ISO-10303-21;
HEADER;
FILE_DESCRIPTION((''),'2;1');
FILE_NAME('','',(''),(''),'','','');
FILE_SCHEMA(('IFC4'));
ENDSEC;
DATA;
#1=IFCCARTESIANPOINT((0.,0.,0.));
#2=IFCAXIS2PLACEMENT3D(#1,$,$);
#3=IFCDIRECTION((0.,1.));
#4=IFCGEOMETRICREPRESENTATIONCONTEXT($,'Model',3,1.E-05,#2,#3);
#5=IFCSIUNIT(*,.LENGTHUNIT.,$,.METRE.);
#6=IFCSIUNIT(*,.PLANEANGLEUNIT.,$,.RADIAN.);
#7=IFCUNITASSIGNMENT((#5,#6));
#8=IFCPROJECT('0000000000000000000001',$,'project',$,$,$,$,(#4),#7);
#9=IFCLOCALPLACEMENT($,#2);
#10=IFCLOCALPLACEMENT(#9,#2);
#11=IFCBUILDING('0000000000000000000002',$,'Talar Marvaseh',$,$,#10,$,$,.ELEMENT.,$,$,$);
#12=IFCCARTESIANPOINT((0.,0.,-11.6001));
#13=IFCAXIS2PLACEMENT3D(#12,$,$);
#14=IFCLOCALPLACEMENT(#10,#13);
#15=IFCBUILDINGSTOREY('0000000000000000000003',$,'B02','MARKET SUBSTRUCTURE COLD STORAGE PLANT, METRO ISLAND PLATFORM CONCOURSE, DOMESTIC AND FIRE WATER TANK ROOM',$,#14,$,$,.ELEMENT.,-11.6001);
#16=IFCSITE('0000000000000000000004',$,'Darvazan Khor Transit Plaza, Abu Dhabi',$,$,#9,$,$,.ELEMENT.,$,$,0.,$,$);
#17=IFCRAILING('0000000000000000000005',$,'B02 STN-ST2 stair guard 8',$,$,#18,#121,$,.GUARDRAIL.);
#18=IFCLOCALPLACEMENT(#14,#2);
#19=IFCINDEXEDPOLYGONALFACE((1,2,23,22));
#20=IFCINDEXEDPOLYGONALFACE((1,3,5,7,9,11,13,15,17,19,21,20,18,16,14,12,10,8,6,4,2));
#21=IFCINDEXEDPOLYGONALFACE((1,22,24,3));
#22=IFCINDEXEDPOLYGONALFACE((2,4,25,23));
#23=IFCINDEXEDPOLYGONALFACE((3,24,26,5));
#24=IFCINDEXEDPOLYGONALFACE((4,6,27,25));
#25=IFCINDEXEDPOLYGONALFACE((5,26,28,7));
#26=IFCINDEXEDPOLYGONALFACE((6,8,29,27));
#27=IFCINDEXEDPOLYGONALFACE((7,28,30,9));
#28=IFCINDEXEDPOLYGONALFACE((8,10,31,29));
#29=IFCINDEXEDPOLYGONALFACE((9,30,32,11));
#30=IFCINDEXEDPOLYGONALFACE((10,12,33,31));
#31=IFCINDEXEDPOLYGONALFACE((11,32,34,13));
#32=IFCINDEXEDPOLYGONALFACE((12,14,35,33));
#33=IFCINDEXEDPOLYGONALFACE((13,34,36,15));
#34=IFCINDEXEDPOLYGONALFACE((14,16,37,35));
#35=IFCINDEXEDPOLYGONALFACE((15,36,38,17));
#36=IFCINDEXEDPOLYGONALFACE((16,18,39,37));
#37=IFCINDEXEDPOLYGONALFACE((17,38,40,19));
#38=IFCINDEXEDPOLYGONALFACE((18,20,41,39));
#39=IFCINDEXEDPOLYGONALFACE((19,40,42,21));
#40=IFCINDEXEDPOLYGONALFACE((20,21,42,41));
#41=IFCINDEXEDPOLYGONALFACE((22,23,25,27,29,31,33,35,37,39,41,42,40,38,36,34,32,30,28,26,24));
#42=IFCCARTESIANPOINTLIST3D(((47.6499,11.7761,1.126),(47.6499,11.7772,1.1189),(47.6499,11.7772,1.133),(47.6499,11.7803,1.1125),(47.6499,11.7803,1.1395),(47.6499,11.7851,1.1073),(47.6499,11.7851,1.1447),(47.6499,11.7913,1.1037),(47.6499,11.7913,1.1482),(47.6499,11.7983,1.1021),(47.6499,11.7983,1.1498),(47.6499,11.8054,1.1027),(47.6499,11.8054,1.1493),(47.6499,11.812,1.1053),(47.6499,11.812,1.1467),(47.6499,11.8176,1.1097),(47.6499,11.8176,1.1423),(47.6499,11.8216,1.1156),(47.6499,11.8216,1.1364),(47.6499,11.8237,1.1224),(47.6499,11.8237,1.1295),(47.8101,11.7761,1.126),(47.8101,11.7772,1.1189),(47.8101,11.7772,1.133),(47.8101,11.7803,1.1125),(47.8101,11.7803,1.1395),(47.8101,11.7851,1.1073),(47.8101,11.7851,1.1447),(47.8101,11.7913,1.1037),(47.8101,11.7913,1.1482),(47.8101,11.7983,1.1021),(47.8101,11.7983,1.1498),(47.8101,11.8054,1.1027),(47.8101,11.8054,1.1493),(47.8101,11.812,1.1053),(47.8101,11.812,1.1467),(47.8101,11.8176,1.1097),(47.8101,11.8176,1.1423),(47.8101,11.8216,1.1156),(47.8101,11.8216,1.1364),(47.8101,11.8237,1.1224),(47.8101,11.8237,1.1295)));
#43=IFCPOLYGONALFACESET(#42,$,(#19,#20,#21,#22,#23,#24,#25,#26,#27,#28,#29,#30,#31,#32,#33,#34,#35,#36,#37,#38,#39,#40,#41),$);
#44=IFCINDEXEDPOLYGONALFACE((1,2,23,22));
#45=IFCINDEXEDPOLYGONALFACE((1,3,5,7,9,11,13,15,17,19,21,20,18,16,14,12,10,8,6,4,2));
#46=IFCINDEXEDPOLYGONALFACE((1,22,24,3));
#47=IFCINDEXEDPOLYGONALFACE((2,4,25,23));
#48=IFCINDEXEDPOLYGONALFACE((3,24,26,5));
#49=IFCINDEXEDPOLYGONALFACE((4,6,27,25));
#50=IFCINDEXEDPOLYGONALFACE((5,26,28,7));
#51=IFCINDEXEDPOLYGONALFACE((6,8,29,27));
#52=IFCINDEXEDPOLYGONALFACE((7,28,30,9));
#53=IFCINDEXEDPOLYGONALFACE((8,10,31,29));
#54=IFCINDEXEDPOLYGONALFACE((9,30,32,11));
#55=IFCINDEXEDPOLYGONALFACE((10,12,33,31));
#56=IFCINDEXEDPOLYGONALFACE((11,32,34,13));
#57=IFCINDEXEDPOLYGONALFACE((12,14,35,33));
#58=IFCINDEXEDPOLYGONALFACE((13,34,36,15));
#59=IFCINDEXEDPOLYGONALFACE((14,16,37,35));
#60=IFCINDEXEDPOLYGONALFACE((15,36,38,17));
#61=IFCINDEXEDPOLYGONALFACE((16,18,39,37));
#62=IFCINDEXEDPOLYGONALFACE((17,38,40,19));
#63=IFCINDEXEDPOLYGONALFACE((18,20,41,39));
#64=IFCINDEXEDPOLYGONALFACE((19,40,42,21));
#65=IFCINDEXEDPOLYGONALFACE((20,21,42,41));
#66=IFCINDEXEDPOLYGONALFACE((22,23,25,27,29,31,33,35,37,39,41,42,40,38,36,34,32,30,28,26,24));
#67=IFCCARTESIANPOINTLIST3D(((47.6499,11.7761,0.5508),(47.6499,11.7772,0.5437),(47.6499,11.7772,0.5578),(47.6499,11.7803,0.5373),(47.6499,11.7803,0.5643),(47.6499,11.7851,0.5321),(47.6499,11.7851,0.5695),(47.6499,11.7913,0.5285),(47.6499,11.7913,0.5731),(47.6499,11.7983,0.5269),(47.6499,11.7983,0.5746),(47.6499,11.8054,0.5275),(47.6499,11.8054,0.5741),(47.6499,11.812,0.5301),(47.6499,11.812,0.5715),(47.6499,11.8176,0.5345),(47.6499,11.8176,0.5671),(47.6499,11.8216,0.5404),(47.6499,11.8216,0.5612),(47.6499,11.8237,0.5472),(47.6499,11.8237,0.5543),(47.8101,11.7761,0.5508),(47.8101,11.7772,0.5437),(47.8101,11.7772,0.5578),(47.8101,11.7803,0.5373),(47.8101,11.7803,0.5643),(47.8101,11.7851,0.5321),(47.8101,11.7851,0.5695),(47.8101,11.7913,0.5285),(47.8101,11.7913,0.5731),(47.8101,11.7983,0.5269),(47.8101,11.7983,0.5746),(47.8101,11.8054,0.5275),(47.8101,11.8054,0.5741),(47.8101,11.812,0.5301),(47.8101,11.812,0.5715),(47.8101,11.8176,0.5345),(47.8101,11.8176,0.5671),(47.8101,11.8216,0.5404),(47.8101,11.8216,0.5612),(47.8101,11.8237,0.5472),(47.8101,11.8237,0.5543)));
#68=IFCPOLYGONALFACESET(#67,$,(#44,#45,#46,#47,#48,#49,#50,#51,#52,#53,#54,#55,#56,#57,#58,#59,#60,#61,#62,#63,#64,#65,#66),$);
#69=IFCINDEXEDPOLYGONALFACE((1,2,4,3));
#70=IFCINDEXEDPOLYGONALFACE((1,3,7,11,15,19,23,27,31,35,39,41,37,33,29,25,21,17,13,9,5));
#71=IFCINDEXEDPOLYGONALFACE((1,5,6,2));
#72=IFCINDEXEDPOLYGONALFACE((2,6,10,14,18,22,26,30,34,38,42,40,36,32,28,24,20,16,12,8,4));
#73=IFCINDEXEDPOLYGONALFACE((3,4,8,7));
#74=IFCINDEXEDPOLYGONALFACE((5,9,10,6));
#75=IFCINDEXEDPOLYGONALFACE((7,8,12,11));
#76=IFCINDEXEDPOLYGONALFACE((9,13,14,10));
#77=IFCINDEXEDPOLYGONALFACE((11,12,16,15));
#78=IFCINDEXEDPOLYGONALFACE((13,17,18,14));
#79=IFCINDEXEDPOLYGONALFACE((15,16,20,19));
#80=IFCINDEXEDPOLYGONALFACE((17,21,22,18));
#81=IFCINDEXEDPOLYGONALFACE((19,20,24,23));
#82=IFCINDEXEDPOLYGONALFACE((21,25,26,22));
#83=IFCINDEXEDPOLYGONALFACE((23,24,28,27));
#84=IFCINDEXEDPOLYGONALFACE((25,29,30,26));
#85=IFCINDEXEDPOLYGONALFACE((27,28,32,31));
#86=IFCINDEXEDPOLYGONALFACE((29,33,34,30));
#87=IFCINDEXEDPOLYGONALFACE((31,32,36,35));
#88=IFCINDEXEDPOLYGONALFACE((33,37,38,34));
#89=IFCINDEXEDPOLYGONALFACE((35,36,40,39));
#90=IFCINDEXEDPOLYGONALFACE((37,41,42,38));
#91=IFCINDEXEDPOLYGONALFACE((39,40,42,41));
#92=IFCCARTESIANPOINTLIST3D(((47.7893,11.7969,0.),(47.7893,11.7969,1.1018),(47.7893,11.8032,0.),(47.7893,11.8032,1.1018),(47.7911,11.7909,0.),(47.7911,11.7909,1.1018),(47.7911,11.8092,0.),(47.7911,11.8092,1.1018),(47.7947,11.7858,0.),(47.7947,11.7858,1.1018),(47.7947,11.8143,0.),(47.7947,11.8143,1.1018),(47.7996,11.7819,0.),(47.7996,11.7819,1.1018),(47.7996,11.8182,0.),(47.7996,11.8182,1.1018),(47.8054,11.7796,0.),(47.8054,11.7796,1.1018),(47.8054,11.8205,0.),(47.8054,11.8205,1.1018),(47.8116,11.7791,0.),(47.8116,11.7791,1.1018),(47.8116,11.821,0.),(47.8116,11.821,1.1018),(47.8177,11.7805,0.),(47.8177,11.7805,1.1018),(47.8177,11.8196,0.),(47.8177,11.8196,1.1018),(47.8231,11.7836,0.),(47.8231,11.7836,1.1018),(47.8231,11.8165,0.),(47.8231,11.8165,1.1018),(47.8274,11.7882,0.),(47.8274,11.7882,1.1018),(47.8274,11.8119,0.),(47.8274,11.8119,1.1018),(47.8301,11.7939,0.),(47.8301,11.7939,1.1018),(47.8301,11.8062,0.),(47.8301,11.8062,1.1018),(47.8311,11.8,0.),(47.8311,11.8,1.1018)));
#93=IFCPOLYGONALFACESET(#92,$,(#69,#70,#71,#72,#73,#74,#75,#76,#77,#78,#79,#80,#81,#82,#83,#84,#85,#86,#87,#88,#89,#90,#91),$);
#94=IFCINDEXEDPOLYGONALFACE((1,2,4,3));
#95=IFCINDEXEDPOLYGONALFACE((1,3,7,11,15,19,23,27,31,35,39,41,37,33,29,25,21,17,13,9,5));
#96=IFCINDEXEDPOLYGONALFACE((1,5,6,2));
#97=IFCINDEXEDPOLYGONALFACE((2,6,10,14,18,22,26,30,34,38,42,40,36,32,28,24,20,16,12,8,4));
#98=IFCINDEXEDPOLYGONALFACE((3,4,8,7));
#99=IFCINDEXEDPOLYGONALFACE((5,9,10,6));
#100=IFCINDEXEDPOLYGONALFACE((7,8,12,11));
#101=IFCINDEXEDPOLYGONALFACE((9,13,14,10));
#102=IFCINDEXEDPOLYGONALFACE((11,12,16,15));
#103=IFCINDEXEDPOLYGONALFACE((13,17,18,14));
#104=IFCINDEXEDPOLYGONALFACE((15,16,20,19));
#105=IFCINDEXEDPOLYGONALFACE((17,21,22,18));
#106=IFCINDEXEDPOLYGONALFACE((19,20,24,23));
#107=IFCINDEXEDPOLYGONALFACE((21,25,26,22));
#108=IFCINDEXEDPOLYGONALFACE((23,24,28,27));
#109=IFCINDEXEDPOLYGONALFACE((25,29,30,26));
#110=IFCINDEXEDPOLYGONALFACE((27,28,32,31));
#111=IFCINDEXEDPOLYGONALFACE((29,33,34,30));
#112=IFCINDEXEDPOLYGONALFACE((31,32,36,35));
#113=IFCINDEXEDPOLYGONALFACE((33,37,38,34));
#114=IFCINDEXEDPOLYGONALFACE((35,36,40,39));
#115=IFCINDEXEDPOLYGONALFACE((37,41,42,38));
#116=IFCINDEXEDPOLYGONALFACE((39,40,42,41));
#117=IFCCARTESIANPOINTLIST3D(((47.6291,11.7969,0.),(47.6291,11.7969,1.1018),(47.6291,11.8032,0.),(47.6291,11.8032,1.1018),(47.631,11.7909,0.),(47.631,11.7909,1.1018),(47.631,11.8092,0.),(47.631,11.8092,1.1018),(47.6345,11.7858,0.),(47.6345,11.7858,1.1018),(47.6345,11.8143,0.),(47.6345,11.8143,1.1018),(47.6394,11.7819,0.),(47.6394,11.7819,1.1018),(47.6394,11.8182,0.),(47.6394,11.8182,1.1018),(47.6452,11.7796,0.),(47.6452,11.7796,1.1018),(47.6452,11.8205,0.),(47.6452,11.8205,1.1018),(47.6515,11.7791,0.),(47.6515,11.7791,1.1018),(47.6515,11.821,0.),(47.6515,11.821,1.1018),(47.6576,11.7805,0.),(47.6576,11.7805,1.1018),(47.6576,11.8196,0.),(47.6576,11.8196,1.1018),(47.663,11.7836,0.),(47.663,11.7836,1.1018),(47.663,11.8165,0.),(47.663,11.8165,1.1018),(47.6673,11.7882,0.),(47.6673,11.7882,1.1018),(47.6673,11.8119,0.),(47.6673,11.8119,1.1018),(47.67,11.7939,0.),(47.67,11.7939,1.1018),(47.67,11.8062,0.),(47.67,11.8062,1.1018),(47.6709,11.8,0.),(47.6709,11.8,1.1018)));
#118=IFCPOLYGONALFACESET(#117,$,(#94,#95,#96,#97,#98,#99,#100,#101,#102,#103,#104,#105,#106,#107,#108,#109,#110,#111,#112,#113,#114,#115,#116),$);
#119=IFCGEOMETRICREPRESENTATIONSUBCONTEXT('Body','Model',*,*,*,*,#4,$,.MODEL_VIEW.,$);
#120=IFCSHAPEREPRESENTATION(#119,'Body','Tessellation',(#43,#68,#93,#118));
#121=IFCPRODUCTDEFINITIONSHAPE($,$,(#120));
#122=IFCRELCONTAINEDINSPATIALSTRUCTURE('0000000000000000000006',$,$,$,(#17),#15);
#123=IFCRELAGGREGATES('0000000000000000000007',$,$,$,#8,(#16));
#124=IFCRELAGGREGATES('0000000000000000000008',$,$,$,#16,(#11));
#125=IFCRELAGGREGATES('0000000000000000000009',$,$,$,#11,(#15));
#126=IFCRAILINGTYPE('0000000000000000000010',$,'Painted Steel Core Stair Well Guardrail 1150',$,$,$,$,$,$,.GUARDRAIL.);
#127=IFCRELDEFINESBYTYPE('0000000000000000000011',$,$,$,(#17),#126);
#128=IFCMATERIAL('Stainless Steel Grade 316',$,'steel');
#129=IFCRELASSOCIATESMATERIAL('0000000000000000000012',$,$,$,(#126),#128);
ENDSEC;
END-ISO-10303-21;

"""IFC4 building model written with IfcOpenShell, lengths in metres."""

from ifc_helpers import new_model, si_unit, direction, frame, origin, origin_2d, place, context, subcontext, project, spatial, circle, extrude, material, type_object, element, save


model = new_model("IFC4")

# Units and contexts
model_context = context("Model", 3, precision=1e-05, world=origin(), true_north=direction((0.0, 1.0)))
body_context = subcontext(model_context, "Body", "Model", "MODEL_VIEW")
ifc_project = project(units=[si_unit("LENGTHUNIT", "METRE"), si_unit("PLANEANGLEUNIT", "RADIAN")], contexts=[model_context])

# Site, building, storey
site_placement = place(None, origin())
site = spatial("IfcSite", under=ifc_project, at=site_placement, Name="Darvazan Khor Transit Plaza, Abu Dhabi", CompositionType="ELEMENT", RefElevation=0.0)
building_placement = place(site_placement, origin())
building = spatial("IfcBuilding", under=site, at=building_placement, Name="Talar Marvaseh", CompositionType="ELEMENT")
storey_placement = place(building_placement, frame((0.0, 0.0, -11.6001)))
storey = spatial("IfcBuildingStorey", under=building, at=storey_placement, Name="B02", Description="MARKET SUBSTRUCTURE COLD STORAGE PLANT, METRO ISLAND PLATFORM CONCOURSE, DOMESTIC AND FIRE WATER TANK ROOM", CompositionType="ELEMENT", Elevation=-11.6001)

# Railing
ifc_material_1 = material(Name="Stainless Steel Grade 316", Category="steel")
railing_type_1 = type_object("IfcRailingType", Name="Painted Steel Core Stair Well Guardrail 1150", PredefinedType="GUARDRAIL", material=ifc_material_1)
railing_1_placement = place(storey_placement, frame((47.8101, 11.8, 0.0)))
element("IfcRailing", 1, at=railing_1_placement, inside=storey, type_object=railing_type_1, Name="B02 STN-ST2 stair guard 8", PredefinedType="GUARDRAIL", context=body_context, shape_type="SweptSolid", body=[
    extrude(circle(Radius=0.0239, at=origin_2d()), frame((0.0, 0.0, 1.126), z_axis=(-1.0, 0.0, 0.0), x_axis=(0.0, -1.0, 0.0)), (0.0, 0.0, 1.0), 0.1602),
    extrude(circle(Radius=0.0239, at=origin_2d()), frame((0.0, 0.0, 0.5508), z_axis=(-1.0, 0.0, 0.0), x_axis=(0.0, -1.0, 0.0)), (0.0, 0.0, 1.0), 0.1602),
    extrude(circle(Radius=0.021, at=origin_2d()), origin(), (0.0, 0.0, 1.0), 1.1018),
    extrude(circle(Radius=0.021, at=origin_2d()), frame((-0.1602, 0.0, 0.0)), (0.0, 0.0, 1.0), 1.1018),
])

save(model, "model.ifc")
